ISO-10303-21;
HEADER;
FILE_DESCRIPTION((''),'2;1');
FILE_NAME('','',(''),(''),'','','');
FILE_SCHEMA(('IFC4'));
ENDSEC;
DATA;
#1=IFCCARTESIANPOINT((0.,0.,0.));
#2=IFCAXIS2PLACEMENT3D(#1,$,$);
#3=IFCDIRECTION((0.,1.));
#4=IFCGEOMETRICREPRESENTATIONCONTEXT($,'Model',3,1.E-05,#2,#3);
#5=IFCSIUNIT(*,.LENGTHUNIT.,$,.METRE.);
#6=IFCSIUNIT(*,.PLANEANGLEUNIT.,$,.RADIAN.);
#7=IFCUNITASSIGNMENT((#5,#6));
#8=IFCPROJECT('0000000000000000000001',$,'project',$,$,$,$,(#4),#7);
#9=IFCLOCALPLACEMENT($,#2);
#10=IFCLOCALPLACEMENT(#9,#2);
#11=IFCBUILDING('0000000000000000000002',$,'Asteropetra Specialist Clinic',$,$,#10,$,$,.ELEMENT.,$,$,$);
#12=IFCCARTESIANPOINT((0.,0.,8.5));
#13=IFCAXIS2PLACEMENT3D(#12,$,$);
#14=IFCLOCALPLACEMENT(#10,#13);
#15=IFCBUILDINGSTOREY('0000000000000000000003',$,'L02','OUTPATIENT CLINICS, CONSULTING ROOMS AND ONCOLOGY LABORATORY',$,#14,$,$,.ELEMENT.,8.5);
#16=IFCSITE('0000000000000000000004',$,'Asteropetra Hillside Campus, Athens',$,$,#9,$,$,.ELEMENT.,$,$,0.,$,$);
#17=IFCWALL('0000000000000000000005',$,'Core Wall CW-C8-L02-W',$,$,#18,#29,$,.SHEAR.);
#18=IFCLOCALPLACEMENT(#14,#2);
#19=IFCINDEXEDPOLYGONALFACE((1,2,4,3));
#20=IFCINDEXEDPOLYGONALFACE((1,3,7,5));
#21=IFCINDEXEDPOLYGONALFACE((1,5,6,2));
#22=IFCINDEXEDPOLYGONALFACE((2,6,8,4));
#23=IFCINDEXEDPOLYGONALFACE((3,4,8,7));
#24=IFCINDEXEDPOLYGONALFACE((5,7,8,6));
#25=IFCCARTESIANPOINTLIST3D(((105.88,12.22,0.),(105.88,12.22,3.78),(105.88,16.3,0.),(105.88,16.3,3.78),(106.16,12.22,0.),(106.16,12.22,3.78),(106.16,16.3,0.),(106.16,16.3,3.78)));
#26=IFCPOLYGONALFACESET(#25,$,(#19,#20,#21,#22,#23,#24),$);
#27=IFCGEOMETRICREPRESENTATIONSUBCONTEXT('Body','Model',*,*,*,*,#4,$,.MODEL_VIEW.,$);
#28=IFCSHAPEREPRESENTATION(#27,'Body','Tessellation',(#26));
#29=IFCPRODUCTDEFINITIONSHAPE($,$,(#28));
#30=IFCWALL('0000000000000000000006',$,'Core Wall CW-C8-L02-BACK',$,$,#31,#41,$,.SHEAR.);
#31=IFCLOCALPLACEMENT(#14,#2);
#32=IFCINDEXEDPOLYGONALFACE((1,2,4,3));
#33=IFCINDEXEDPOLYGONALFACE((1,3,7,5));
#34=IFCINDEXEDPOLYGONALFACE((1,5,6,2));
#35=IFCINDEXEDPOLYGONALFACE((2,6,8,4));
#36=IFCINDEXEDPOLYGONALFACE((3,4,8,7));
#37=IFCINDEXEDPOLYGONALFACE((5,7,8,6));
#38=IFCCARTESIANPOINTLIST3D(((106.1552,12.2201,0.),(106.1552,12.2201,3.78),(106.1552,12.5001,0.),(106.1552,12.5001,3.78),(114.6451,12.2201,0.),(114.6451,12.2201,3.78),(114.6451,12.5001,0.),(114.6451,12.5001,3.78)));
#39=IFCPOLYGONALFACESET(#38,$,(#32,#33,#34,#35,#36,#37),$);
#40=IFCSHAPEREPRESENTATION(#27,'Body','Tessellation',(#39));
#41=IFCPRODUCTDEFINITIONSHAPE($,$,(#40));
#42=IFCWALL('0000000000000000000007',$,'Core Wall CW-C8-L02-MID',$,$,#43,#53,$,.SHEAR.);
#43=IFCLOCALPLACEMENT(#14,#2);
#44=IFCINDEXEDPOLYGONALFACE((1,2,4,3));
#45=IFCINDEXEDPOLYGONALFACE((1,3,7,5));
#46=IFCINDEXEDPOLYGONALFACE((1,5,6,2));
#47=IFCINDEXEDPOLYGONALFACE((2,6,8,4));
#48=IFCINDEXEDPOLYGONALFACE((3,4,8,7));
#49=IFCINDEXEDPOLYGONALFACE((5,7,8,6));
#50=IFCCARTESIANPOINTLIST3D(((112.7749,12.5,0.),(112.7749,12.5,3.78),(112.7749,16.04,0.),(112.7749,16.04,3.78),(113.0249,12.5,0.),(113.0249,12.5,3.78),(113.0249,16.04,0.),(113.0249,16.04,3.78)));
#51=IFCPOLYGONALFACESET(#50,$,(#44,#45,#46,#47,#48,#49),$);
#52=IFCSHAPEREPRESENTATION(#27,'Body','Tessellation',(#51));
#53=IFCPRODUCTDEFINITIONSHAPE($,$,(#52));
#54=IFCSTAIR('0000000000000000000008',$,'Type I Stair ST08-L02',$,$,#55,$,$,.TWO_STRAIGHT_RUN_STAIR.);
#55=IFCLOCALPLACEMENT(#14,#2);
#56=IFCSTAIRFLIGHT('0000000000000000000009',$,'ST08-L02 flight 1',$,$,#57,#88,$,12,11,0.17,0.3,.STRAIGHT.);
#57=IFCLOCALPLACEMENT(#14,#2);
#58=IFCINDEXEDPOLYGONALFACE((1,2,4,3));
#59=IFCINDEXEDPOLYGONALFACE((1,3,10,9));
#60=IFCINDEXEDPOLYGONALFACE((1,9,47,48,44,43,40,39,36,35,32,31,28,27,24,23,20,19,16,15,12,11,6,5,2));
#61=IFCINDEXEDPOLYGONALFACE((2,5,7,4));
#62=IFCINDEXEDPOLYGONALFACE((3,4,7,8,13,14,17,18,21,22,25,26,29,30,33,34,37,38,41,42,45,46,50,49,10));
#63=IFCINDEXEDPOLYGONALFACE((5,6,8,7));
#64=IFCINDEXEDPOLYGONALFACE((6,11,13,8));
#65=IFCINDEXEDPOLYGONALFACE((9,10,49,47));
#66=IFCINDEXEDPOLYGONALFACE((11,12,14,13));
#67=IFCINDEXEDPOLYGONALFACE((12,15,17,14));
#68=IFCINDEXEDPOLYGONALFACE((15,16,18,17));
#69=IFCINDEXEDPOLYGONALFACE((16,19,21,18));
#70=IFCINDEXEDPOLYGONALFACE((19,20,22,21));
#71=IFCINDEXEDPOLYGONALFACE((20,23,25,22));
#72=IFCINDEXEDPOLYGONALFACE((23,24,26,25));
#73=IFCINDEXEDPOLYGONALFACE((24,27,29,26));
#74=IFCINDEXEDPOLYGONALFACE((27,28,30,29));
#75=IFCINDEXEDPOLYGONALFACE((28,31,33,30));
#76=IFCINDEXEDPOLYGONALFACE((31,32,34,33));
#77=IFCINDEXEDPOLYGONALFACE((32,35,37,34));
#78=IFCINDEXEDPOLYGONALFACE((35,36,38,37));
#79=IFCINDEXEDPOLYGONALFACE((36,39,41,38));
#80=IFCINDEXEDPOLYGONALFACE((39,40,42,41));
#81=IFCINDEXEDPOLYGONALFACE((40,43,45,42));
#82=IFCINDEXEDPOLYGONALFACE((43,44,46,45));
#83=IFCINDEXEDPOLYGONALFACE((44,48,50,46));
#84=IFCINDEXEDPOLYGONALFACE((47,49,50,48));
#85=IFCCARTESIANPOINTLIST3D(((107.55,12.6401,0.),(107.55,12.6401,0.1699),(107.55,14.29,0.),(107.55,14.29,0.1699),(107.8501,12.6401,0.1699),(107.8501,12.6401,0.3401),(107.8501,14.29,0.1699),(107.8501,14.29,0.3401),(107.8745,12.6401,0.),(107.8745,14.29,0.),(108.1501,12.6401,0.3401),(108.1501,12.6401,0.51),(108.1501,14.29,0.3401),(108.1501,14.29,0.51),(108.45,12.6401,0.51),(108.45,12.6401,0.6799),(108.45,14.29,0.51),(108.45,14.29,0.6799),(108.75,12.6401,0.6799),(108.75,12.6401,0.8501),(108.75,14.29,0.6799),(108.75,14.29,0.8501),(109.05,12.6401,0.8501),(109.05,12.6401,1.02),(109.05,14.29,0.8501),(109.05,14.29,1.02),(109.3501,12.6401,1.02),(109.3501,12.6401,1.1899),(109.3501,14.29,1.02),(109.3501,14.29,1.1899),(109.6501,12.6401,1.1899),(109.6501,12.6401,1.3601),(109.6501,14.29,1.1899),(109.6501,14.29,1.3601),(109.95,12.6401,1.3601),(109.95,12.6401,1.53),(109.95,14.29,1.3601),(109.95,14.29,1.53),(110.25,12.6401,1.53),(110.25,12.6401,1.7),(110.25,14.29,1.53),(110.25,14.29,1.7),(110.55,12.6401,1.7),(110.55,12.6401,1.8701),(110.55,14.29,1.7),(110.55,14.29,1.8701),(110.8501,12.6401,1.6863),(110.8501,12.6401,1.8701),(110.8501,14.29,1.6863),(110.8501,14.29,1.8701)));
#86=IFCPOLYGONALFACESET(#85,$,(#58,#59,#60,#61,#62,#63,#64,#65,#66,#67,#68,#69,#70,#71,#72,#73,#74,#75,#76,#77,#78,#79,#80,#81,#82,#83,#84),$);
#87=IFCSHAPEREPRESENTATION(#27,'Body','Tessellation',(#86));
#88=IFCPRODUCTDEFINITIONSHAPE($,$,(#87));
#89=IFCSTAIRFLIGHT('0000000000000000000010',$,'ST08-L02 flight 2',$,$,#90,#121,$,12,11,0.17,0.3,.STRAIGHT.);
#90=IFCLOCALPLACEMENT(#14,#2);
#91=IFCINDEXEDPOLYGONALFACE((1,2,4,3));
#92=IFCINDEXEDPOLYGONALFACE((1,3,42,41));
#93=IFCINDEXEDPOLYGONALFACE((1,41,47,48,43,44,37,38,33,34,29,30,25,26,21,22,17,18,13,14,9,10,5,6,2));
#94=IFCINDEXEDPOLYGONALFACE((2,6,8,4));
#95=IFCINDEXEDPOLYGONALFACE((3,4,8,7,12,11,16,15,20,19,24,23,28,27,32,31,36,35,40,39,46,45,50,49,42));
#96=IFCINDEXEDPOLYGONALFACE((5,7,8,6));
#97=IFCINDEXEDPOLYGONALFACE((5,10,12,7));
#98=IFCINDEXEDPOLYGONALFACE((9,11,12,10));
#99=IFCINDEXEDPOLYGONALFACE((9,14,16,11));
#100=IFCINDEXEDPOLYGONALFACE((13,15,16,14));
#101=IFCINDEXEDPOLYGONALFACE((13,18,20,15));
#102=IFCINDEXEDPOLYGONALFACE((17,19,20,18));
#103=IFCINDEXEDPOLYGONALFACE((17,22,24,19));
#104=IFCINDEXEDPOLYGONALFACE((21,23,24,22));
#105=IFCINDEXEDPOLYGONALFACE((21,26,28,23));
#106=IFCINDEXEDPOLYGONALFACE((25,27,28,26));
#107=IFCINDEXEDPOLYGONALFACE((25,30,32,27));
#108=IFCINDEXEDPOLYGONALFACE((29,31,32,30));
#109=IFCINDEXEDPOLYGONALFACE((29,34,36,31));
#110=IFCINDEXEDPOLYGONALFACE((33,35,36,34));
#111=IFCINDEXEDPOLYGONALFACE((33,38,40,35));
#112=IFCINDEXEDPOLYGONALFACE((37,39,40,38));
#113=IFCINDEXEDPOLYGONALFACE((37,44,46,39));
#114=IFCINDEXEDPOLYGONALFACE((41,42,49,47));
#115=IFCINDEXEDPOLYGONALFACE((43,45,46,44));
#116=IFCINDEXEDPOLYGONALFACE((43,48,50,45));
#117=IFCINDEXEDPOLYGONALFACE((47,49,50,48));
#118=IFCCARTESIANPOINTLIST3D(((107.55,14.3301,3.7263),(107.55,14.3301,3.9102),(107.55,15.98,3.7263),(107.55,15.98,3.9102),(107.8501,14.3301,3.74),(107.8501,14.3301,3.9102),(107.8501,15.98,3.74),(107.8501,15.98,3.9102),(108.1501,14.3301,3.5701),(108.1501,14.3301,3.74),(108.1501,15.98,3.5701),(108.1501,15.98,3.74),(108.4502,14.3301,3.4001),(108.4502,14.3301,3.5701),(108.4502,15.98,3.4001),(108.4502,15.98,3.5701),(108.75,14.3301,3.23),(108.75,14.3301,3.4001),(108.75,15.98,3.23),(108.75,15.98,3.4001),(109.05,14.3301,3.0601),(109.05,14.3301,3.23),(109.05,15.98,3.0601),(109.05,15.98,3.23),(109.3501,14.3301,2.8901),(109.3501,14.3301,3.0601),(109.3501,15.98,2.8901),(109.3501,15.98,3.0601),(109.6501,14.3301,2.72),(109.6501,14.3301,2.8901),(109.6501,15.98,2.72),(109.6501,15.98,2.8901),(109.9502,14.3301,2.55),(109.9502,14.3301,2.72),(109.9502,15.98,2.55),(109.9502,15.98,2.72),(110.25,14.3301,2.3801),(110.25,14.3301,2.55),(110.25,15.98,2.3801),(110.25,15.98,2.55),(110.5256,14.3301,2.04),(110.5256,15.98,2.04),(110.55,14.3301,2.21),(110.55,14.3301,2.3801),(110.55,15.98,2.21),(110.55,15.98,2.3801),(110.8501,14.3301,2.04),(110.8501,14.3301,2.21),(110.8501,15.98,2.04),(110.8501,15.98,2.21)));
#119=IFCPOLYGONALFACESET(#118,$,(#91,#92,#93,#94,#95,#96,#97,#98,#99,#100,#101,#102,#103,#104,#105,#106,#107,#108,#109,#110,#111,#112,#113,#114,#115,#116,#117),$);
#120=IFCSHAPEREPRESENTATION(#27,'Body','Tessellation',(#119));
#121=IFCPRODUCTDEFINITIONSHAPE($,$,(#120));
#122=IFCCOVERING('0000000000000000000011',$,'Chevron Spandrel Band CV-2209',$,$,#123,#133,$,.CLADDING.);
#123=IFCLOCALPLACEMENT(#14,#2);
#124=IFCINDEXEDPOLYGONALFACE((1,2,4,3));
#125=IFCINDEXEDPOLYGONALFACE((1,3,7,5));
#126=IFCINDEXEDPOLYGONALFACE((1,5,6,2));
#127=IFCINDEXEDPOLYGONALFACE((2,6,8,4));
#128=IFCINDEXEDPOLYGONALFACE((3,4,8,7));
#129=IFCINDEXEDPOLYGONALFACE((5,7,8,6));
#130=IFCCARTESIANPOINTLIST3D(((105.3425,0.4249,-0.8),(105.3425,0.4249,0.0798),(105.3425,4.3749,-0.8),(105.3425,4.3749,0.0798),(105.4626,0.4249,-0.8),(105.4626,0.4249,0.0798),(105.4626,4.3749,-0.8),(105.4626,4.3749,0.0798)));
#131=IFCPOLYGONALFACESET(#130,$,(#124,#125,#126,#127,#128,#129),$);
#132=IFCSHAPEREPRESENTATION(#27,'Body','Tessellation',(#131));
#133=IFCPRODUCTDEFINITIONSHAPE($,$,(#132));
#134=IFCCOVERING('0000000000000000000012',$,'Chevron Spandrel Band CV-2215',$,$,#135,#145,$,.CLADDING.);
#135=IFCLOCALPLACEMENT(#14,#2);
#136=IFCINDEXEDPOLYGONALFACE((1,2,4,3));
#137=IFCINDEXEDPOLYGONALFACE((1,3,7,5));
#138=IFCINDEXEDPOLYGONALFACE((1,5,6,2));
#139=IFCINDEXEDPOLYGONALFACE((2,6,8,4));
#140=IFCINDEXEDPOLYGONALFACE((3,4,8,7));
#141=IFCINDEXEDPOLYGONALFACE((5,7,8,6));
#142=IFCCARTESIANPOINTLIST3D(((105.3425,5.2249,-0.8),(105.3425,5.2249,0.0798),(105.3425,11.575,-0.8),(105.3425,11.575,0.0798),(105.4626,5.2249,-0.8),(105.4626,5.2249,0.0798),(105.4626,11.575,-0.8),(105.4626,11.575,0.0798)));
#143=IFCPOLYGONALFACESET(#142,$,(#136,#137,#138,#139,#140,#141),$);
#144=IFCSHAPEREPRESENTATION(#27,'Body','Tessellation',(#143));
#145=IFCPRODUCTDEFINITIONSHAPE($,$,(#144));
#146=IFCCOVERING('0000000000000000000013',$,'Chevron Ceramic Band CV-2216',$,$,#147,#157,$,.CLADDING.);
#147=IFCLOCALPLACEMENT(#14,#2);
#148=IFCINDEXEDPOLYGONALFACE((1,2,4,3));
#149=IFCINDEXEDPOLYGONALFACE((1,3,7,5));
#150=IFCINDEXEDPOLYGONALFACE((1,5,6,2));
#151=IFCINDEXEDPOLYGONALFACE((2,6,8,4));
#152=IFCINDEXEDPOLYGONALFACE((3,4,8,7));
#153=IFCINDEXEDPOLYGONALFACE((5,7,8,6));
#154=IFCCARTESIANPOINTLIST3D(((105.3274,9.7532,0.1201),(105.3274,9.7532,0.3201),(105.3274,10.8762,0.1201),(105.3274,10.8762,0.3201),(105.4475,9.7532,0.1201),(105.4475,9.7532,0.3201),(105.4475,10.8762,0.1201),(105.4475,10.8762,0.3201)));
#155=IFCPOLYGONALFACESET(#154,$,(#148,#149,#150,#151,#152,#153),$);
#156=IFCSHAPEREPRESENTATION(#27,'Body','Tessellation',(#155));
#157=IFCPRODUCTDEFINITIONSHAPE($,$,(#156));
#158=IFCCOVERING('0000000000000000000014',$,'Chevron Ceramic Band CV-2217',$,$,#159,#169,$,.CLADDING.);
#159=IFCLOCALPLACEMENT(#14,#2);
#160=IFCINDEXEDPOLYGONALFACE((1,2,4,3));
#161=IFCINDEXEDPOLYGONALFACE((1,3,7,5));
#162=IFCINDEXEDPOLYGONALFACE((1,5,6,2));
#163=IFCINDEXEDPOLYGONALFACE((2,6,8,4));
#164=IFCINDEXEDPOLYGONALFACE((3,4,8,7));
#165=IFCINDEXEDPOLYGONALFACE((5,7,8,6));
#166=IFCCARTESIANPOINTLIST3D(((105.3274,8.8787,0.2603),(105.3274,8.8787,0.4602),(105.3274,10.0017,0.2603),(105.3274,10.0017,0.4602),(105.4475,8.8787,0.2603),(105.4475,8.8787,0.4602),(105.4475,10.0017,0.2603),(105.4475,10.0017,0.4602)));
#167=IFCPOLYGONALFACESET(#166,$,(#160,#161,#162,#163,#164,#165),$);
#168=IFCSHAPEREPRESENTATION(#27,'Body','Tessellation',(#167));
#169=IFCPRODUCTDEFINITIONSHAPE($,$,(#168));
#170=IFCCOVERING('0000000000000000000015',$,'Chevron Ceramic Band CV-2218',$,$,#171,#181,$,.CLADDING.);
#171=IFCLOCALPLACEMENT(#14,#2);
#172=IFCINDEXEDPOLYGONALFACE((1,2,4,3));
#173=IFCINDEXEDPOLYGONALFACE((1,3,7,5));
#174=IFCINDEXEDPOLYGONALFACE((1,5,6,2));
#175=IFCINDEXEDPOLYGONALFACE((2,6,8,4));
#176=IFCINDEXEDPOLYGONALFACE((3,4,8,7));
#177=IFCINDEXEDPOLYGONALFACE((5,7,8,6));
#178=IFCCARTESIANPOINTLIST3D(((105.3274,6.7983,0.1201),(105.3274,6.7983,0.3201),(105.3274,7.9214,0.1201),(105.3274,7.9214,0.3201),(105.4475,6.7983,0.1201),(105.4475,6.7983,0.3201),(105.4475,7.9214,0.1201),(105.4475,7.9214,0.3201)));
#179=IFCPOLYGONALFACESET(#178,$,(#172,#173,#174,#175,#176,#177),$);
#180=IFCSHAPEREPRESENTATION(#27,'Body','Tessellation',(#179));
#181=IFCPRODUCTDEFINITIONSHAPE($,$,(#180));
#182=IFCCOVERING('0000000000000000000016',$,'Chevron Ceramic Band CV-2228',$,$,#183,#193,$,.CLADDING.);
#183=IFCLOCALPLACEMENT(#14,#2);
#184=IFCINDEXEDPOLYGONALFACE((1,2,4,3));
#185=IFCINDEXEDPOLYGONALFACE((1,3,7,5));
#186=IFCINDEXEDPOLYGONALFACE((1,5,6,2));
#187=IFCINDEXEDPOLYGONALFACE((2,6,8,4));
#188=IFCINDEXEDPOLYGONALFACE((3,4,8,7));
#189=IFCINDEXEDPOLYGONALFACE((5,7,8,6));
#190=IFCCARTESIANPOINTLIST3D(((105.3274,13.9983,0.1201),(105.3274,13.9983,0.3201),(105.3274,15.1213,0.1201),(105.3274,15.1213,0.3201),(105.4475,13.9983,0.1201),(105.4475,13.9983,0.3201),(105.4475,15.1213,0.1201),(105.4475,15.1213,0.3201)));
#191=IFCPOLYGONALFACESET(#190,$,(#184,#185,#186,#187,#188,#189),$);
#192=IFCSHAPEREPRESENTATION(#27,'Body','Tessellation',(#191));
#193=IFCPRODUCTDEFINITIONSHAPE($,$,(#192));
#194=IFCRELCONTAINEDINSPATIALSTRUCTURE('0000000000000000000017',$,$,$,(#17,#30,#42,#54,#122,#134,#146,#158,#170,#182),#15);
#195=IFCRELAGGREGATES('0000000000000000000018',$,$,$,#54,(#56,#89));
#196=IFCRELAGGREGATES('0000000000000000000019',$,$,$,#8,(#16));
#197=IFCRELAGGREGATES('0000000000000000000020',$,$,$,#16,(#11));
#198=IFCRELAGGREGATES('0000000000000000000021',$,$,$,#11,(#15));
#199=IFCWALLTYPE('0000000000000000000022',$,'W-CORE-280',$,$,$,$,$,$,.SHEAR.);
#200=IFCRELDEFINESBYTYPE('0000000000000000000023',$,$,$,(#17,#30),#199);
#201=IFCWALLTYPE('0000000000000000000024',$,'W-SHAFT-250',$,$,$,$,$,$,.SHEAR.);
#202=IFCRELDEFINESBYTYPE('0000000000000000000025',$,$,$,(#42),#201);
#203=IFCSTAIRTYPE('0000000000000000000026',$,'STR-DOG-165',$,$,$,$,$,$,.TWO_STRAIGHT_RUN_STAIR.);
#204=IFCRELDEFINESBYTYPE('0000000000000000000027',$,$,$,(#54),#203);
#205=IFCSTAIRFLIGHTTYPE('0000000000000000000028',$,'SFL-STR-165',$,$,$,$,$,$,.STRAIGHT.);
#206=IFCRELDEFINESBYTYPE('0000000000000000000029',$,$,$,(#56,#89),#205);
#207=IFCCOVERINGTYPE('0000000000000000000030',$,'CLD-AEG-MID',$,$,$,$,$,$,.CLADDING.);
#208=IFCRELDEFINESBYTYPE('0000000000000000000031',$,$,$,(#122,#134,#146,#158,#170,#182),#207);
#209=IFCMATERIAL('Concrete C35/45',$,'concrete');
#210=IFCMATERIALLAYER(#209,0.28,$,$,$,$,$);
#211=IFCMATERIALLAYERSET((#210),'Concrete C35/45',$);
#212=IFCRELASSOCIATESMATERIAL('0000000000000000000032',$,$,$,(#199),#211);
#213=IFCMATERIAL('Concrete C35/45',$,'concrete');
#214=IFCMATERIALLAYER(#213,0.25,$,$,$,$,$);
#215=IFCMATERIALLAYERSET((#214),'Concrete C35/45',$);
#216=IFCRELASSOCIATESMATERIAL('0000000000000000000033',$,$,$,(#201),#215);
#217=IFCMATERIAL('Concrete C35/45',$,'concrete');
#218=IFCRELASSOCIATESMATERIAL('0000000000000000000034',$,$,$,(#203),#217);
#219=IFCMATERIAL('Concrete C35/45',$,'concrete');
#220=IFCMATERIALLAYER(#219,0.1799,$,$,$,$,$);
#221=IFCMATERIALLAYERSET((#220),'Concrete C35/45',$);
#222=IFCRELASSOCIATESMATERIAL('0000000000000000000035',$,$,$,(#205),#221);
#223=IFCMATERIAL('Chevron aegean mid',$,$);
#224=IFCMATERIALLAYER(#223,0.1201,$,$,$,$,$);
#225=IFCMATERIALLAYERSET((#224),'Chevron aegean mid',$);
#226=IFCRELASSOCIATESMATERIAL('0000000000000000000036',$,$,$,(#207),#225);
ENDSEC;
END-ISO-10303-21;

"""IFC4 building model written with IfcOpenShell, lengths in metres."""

from ifc_helpers import new_model, si_unit, direction, frame, frame_2d, origin, origin_2d, place, context, subcontext, project, spatial, polyline, rectangle, outline, extrude, material, layer, layer_set, type_object, element, aggregate, save


model = new_model("IFC4")

# Units and contexts
model_context = context("Model", 3, precision=1e-05, world=origin(), true_north=direction((0.0, 1.0)))
body_context = subcontext(model_context, "Body", "Model", "MODEL_VIEW")
ifc_project = project(units=[si_unit("LENGTHUNIT", "METRE"), si_unit("PLANEANGLEUNIT", "RADIAN")], contexts=[model_context])

# Site, building, storey
site_placement = place(None, origin())
site = spatial("IfcSite", under=ifc_project, at=site_placement, Name="Asteropetra Hillside Campus, Athens", CompositionType="ELEMENT", RefElevation=0.0)
building_placement = place(site_placement, origin())
building = spatial("IfcBuilding", under=site, at=building_placement, Name="Asteropetra Specialist Clinic", CompositionType="ELEMENT")
storey_placement = place(building_placement, frame((0.0, 0.0, 8.5)))
storey = spatial("IfcBuildingStorey", under=building, at=storey_placement, Name="L02", Description="OUTPATIENT CLINICS, CONSULTING ROOMS AND ONCOLOGY LABORATORY", CompositionType="ELEMENT", Elevation=8.5)

# Walls
ifc_material_1 = material(Name="Concrete C35/45", Category="concrete")
ifc_layer_1 = layer(ifc_material_1, 0.28)
ifc_layer_set_1 = layer_set([ifc_layer_1], Name="Concrete C35/45")
wall_type_1 = type_object("IfcWallType", Name="W-CORE-280", PredefinedType="SHEAR", material=ifc_layer_set_1)
wall_1_placement = place(storey_placement, frame((106.02, 12.22, 0.0), z_axis=(0.0, 0.0, 1.0), x_axis=(0.0, 1.0, 0.0)))
element("IfcWall", 1, at=wall_1_placement, inside=storey, type_object=wall_type_1, Name="Core Wall CW-C8-L02-W", PredefinedType="SHEAR", context=body_context, shape_type="SweptSolid", body=[
    extrude(rectangle(XDim=4.0801, YDim=0.28, at=frame_2d((2.04, 0.0))), origin(), (0.0, 0.0, 1.0), 3.78),
])
wall_2_placement = place(storey_placement, frame((106.155, 12.3601, 0.0), z_axis=(0.0, 0.0, 1.0), x_axis=(1.0, 0.0, 0.0)))
element("IfcWall", 2, at=wall_2_placement, inside=storey, type_object=wall_type_1, Name="Core Wall CW-C8-L02-BACK", PredefinedType="SHEAR", context=body_context, shape_type="SweptSolid", body=[
    extrude(rectangle(XDim=8.49, YDim=0.28, at=frame_2d((4.2451, 0.0))), origin(), (0.0, 0.0, 1.0), 3.78),
])
ifc_material_2 = material(Name="Concrete C35/45", Category="concrete")
ifc_layer_2 = layer(ifc_material_2, 0.25)
ifc_layer_set_2 = layer_set([ifc_layer_2], Name="Concrete C35/45")
wall_type_2 = type_object("IfcWallType", Name="W-SHAFT-250", PredefinedType="SHEAR", material=ifc_layer_set_2)
wall_3_placement = place(storey_placement, frame((112.8999, 12.5, 0.0), z_axis=(0.0, 0.0, 1.0), x_axis=(0.0, 1.0, 0.0)))
element("IfcWall", 3, at=wall_3_placement, inside=storey, type_object=wall_type_2, Name="Core Wall CW-C8-L02-MID", PredefinedType="SHEAR", context=body_context, shape_type="SweptSolid", body=[
    extrude(rectangle(XDim=3.54, YDim=0.25, at=frame_2d((1.77, 0.0))), origin(), (0.0, 0.0, 1.0), 3.78),
])

# Stair, stair flights
ifc_material_3 = material(Name="Concrete C35/45", Category="concrete")
stair_type = type_object("IfcStairType", Name="STR-DOG-165", PredefinedType="TWO_STRAIGHT_RUN_STAIR", material=ifc_material_3)
stair_placement = place(storey_placement, origin())
stair = element("IfcStair", 4, at=stair_placement, inside=storey, type_object=stair_type, Name="Type I Stair ST08-L02", PredefinedType="TWO_STRAIGHT_RUN_STAIR")
ifc_material_4 = material(Name="Concrete C35/45", Category="concrete")
ifc_layer_3 = layer(ifc_material_4, 0.1799)
ifc_layer_set_3 = layer_set([ifc_layer_3], Name="Concrete C35/45")
stair_flight_type = type_object("IfcStairFlightType", Name="SFL-STR-165", PredefinedType="STRAIGHT", material=ifc_layer_set_3)
stair_flight_1_placement = place(storey_placement, frame((107.55, 13.4651, 0.0), z_axis=(0.0, 0.0, 1.0), x_axis=(1.0, 0.0, 0.0)))
stair_flight_1 = element("IfcStairFlight", 5, at=stair_flight_1_placement, type_object=stair_flight_type, Name="ST08-L02 flight 1", NumberOfRisers=12, NumberOfTreads=11, PredefinedType="STRAIGHT", RiserHeight=0.17, TreadLength=0.3, context=body_context, shape_type="SweptSolid", body=[
    extrude(outline(polyline([(0.0, 0.0), (0.0, 0.1699), (0.3, 0.1699), (0.3, 0.3401), (0.6001, 0.3401), (0.6001, 0.51), (0.8999, 0.51), (0.8999, 0.6799), (1.2, 0.6799), (1.2, 0.8501), (1.5, 0.8501), (1.5, 1.02), (1.8, 1.02), (1.8, 1.1899), (2.1001, 1.1899), (2.1001, 1.3601), (2.3999, 1.3601), (2.3999, 1.53), (2.7, 1.53), (2.7, 1.7), (3.0, 1.7), (3.0, 1.8701), (3.3, 1.8701), (3.3, 2.04), (3.3, 1.6863), (0.3245, 0.0), (0.0, 0.0)])), frame((0.0, 0.825, 0.0), z_axis=(0.0, -1.0, 0.0), x_axis=(1.0, 0.0, 0.0)), (0.0, 0.0, 1.0), 1.6499),
])
stair_flight_2_placement = place(storey_placement, frame((110.8501, 15.155, 2.04), z_axis=(0.0, 0.0, 1.0), x_axis=(-1.0, 0.0, 0.0)))
stair_flight_2 = element("IfcStairFlight", 6, at=stair_flight_2_placement, type_object=stair_flight_type, Name="ST08-L02 flight 2", NumberOfRisers=12, NumberOfTreads=11, PredefinedType="STRAIGHT", RiserHeight=0.17, TreadLength=0.3, context=body_context, shape_type="SweptSolid", body=[
    extrude(outline(polyline([(0.0, 0.0), (0.0, 0.1699), (0.3, 0.1699), (0.3, 0.3401), (0.6001, 0.3401), (0.6001, 0.51), (0.8999, 0.51), (0.8999, 0.6799), (1.2, 0.6799), (1.2, 0.8501), (1.5, 0.8501), (1.5, 1.02), (1.8, 1.02), (1.8, 1.1899), (2.1001, 1.1899), (2.1001, 1.3601), (2.3999, 1.3601), (2.3999, 1.53), (2.7, 1.53), (2.7, 1.7), (3.0, 1.7), (3.0, 1.8701), (3.3, 1.8701), (3.3, 2.04), (3.3, 1.6863), (0.3245, 0.0), (0.0, 0.0)])), frame((0.0, 0.825, 0.0), z_axis=(0.0, -1.0, 0.0), x_axis=(1.0, 0.0, 0.0)), (0.0, 0.0, 1.0), 1.6499),
])
aggregate(stair, [stair_flight_1, stair_flight_2])

# Coverings
ifc_material_5 = material(Name="Chevron aegean mid")
ifc_layer_4 = layer(ifc_material_5, 0.1201)
ifc_layer_set_4 = layer_set([ifc_layer_4], Name="Chevron aegean mid")
covering_type = type_object("IfcCoveringType", Name="CLD-AEG-MID", PredefinedType="CLADDING", material=ifc_layer_set_4)
covering_1_placement = place(storey_placement, frame((105.4026, 2.3999, -0.8), z_axis=(0.0, 0.0, 1.0), x_axis=(1.0, 0.0, 0.0)))
element("IfcCovering", 7, at=covering_1_placement, inside=storey, type_object=covering_type, Name="Chevron Spandrel Band CV-2209", PredefinedType="CLADDING", context=body_context, shape_type="SweptSolid", body=[
    extrude(rectangle(XDim=0.1201, YDim=3.95, at=origin_2d()), origin(), (0.0, 0.0, 1.0), 0.8799),
])
covering_2_placement = place(storey_placement, frame((105.4026, 8.3999, -0.8), z_axis=(0.0, 0.0, 1.0), x_axis=(1.0, 0.0, 0.0)))
element("IfcCovering", 8, at=covering_2_placement, inside=storey, type_object=covering_type, Name="Chevron Spandrel Band CV-2215", PredefinedType="CLADDING", context=body_context, shape_type="SweptSolid", body=[
    extrude(rectangle(XDim=0.1201, YDim=6.3501, at=origin_2d()), origin(), (0.0, 0.0, 1.0), 0.8799),
])
for number, where, z_axis, x_axis, name in (
    (9, (105.3875, 10.3147, 0.1201), (0.0, 0.0, 1.0), (1.0, 0.0, 0.0), "Chevron Ceramic Band CV-2216"),
    (10, (105.3875, 9.4402, 0.2603), (0.0, 0.0, 1.0), (1.0, 0.0, 0.0), "Chevron Ceramic Band CV-2217"),
    (11, (105.3875, 7.3599, 0.1201), (0.0, 0.0, 1.0), (1.0, 0.0, 0.0), "Chevron Ceramic Band CV-2218"),
    (12, (105.3875, 14.5598, 0.1201), (0.0, 0.0, 1.0), (1.0, 0.0, 0.0), "Chevron Ceramic Band CV-2228"),
):
    element("IfcCovering", number, at=place(storey_placement, frame(where, z_axis=z_axis, x_axis=x_axis)), inside=storey, type_object=covering_type, Name=name, PredefinedType="CLADDING", context=body_context, shape_type="SweptSolid", body=[
        extrude(rectangle(XDim=0.1201, YDim=1.123, at=origin_2d()), origin(), (0.0, 0.0, 1.0), 0.2),
    ])

save(model, "model.ifc")
